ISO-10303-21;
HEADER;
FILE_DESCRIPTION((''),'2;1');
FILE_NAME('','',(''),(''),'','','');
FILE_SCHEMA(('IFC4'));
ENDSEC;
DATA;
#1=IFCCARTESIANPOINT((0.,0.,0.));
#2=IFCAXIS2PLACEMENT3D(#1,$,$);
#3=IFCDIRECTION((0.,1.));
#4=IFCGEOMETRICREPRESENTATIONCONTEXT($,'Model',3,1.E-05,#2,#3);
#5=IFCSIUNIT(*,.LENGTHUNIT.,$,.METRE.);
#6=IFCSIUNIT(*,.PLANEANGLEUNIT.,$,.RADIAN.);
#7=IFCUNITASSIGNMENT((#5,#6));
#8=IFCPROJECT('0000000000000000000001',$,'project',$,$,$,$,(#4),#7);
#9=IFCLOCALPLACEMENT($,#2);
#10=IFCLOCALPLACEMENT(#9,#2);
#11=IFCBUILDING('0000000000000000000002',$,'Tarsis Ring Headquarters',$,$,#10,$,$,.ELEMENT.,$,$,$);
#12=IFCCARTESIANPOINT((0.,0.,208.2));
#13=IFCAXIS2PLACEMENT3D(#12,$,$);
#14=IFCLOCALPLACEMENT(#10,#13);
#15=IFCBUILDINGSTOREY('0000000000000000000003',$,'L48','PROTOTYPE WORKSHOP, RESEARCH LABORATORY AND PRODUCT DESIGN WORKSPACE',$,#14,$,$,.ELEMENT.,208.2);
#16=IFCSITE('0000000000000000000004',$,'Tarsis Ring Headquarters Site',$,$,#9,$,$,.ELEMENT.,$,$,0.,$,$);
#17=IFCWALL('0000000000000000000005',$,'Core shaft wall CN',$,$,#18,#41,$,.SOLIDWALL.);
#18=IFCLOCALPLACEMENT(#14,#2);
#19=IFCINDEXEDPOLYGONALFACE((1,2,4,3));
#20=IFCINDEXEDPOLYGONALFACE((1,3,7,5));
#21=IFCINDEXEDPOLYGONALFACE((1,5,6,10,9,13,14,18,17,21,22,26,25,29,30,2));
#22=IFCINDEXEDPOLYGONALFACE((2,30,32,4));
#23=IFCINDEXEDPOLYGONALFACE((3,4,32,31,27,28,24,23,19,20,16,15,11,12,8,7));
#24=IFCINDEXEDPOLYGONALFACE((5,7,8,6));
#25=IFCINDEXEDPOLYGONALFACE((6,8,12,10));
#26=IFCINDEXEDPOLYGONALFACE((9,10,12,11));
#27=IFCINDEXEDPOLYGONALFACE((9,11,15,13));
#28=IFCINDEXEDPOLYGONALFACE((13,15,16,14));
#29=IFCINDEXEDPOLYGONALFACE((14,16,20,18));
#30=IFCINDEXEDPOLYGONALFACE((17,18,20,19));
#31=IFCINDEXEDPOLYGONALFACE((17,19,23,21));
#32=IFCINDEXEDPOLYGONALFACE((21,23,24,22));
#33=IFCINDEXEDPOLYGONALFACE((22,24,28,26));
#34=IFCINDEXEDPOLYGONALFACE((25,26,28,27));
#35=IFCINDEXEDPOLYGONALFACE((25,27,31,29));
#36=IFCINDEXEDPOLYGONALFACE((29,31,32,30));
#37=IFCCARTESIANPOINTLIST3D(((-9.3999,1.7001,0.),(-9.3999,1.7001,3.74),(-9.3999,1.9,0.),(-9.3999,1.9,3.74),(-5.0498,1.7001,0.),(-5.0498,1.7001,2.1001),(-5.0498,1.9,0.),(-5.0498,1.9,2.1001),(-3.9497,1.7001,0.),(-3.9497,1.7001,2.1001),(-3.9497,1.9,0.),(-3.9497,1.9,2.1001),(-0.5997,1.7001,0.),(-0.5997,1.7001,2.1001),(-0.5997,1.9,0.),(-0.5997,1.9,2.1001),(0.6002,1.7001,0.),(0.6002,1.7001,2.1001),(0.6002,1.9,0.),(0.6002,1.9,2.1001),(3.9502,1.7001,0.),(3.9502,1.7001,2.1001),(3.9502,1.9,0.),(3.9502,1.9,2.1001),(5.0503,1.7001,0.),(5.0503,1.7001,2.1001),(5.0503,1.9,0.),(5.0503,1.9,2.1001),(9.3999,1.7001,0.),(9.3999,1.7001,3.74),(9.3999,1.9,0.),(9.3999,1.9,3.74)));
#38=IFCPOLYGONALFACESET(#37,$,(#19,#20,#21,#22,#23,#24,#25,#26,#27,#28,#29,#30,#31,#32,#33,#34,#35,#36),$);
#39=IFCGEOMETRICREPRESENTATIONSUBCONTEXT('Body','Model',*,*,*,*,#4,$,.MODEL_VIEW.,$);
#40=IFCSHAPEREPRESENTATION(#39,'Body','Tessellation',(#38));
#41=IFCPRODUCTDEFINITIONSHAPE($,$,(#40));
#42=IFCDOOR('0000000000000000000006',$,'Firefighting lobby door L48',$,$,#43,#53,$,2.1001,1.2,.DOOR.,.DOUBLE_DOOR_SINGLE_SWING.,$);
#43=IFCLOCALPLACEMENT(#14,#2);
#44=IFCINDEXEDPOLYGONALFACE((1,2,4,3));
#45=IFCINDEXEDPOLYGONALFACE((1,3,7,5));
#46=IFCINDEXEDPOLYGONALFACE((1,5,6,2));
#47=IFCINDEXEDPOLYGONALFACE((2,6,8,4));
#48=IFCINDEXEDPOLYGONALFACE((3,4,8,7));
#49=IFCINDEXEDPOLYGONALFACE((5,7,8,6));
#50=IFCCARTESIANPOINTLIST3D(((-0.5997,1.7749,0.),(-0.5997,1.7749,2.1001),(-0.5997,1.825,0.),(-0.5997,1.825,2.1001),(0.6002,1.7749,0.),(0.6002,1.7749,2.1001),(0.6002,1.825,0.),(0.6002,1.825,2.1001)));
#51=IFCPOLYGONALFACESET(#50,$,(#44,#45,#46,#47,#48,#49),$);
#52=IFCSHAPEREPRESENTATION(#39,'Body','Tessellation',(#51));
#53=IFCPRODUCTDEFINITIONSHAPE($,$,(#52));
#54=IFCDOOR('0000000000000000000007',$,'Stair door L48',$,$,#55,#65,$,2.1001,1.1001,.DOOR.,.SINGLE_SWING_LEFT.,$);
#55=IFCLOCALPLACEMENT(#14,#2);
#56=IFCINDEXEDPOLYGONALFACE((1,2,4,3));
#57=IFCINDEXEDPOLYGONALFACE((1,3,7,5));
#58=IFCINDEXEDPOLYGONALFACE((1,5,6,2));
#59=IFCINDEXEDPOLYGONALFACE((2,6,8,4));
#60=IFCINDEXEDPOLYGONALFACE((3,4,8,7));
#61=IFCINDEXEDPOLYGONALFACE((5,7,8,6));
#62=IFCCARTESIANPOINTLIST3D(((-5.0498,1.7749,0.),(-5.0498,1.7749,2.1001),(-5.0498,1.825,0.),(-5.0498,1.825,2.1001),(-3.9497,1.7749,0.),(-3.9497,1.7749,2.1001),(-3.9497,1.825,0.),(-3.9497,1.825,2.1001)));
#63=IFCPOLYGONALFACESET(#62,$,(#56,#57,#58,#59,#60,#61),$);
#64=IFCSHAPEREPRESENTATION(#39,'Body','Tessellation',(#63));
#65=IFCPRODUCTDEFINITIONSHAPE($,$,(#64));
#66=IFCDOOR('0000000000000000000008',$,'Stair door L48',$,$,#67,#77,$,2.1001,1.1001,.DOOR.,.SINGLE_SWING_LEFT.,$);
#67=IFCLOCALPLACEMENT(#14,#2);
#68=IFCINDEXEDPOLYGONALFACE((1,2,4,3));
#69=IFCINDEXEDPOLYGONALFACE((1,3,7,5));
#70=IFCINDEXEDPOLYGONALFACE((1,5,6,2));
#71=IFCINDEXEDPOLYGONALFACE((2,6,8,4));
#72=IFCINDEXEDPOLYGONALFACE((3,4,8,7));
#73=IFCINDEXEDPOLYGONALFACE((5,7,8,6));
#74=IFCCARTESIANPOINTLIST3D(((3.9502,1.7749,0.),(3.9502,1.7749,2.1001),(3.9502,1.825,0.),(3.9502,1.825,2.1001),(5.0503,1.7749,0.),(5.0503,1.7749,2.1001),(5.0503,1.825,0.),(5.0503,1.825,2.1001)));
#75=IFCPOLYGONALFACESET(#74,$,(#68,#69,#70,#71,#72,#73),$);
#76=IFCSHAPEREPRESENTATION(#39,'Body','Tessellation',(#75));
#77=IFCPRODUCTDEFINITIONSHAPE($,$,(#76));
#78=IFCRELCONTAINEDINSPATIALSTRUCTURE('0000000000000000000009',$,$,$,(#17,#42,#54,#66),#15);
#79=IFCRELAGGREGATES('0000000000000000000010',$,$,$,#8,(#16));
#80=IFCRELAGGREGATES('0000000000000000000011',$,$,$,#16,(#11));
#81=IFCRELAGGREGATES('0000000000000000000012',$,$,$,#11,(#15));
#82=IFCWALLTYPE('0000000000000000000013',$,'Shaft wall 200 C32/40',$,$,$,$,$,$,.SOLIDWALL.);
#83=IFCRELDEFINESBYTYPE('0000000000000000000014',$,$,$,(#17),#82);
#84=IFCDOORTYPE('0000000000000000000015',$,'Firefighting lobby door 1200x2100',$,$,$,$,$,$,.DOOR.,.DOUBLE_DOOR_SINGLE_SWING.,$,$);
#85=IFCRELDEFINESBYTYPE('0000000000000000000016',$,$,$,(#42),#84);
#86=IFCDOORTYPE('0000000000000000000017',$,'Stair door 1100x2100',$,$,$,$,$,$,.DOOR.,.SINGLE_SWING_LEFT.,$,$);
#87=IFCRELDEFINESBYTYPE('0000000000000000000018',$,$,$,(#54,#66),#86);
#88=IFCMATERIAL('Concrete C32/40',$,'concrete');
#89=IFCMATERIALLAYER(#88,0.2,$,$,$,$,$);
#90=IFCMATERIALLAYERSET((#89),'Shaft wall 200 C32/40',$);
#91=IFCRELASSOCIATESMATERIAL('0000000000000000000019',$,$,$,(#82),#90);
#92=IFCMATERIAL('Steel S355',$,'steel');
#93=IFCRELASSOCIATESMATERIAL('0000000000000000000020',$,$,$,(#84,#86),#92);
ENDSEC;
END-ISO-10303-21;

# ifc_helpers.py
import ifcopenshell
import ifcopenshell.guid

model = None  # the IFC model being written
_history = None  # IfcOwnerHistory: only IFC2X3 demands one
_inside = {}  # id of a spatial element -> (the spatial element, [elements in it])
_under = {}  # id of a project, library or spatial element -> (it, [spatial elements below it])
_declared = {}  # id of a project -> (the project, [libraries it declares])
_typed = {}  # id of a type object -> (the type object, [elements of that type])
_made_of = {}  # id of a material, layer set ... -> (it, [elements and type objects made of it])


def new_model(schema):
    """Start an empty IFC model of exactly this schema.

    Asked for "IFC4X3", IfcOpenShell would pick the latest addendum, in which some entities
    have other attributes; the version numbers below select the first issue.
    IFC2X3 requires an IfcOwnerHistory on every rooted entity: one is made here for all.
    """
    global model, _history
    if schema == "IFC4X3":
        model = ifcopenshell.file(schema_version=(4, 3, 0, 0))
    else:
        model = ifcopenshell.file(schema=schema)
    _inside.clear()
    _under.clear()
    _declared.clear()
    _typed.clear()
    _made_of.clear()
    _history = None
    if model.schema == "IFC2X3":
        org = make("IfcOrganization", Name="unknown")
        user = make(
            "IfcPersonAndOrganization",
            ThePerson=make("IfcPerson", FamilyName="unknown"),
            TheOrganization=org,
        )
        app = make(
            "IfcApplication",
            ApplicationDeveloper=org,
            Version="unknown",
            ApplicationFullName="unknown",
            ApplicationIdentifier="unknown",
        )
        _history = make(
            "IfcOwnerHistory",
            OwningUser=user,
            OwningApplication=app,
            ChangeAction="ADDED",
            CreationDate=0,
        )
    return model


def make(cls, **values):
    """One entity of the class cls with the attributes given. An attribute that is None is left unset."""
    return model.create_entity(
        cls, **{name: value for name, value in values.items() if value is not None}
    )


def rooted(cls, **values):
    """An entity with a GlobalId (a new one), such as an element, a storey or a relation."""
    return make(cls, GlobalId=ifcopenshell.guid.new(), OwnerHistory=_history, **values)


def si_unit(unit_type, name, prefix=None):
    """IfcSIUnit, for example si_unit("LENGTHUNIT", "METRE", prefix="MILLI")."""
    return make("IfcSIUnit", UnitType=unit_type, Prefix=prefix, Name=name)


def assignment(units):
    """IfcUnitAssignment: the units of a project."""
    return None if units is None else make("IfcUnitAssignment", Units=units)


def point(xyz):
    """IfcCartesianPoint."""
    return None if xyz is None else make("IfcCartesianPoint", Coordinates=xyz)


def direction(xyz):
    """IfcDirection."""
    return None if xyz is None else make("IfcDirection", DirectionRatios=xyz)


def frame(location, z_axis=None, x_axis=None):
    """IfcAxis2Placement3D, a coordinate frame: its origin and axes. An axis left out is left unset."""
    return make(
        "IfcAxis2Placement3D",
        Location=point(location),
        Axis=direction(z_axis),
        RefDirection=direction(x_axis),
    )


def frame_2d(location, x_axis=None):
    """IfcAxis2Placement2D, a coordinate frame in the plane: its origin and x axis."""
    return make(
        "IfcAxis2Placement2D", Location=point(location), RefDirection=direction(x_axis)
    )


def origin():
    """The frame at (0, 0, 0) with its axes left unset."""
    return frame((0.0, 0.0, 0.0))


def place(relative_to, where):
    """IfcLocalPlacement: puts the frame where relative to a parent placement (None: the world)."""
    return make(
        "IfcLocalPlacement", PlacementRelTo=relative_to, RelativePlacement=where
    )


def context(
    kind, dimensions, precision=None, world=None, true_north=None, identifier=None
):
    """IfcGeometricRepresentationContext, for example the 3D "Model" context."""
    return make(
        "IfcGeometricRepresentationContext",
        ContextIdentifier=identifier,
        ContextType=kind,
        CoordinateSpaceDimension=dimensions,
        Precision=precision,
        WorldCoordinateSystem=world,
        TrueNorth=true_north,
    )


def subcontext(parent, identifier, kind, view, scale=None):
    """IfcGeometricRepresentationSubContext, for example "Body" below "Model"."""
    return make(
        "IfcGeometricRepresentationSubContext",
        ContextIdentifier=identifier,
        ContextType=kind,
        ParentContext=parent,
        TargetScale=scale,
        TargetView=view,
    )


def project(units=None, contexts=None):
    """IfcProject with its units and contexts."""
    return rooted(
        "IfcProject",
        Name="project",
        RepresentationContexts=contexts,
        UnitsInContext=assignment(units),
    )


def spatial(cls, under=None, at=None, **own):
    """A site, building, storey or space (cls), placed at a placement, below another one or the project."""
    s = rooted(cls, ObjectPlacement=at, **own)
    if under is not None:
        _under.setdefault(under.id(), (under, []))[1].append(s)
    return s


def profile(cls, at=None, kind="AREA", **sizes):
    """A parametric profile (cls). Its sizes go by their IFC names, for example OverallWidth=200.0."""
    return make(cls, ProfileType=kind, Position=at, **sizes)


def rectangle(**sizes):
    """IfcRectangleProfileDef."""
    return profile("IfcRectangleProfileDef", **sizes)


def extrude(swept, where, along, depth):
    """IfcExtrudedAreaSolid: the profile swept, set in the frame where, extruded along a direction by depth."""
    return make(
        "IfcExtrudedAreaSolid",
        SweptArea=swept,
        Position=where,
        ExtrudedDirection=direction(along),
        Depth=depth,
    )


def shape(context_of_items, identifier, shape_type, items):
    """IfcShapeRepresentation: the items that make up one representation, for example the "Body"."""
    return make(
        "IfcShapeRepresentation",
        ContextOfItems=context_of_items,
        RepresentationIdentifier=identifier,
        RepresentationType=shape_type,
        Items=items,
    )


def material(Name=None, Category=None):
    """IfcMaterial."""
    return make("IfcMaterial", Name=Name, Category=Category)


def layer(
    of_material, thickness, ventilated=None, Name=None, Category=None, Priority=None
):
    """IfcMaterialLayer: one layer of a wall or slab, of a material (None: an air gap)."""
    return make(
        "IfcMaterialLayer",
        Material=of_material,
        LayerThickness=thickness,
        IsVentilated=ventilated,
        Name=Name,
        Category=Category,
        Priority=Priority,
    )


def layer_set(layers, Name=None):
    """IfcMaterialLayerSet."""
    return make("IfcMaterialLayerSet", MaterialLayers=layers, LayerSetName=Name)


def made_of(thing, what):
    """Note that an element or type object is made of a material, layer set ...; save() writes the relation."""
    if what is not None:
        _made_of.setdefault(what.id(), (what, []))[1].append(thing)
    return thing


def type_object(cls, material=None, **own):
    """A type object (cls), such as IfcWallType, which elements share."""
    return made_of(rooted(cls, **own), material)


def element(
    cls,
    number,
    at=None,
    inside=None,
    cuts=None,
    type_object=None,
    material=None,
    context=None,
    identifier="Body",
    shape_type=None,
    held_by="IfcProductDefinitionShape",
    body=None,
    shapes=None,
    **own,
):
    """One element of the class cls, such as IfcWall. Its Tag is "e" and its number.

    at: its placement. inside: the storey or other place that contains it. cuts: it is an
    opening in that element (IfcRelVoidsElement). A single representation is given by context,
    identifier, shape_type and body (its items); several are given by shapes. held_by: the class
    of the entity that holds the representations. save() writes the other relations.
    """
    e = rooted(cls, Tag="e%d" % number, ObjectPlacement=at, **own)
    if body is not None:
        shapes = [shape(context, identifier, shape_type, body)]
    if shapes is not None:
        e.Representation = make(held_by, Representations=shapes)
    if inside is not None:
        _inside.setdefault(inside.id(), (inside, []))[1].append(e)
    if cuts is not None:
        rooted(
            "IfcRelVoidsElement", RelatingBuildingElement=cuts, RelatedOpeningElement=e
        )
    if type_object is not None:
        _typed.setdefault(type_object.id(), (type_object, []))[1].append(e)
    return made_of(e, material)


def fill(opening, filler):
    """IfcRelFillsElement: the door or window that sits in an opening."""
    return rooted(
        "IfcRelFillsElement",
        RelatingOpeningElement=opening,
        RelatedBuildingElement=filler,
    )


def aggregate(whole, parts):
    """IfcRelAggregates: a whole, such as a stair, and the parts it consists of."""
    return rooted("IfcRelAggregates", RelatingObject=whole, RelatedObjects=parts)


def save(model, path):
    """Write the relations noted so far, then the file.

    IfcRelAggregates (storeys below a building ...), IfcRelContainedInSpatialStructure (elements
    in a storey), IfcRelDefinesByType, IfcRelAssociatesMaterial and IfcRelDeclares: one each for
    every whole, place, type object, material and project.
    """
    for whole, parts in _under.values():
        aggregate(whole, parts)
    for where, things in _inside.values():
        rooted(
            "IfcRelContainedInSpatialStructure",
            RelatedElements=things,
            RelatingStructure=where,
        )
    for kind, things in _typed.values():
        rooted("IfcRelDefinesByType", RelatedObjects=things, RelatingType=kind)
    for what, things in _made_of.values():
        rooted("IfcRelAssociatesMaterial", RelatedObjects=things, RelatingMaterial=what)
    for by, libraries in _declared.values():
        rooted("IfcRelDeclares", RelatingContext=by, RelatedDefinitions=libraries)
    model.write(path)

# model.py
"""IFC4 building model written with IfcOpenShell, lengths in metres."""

from ifc_helpers import new_model, si_unit, direction, frame, frame_2d, origin, place, context, subcontext, project, spatial, rectangle, extrude, material, layer, layer_set, type_object, element, fill, save


model = new_model("IFC4")

# Units and contexts
model_context = context("Model", 3, precision=1e-05, world=origin(), true_north=direction((0.0, 1.0)))
body_context = subcontext(model_context, "Body", "Model", "MODEL_VIEW")
ifc_project = project(units=[si_unit("LENGTHUNIT", "METRE"), si_unit("PLANEANGLEUNIT", "RADIAN")], contexts=[model_context])

# Site, building, storey
site_placement = place(None, origin())
site = spatial("IfcSite", under=ifc_project, at=site_placement, Name="Tarsis Ring Headquarters Site", CompositionType="ELEMENT", RefElevation=0.0)
building_placement = place(site_placement, origin())
building = spatial("IfcBuilding", under=site, at=building_placement, Name="Tarsis Ring Headquarters", CompositionType="ELEMENT")
storey_placement = place(building_placement, frame((0.0, 0.0, 208.2)))
storey = spatial("IfcBuildingStorey", under=building, at=storey_placement, Name="L48", Description="PROTOTYPE WORKSHOP, RESEARCH LABORATORY AND PRODUCT DESIGN WORKSPACE", CompositionType="ELEMENT", Elevation=208.2)

# Shared definitions
ifc_material_1 = material(Name="Steel S355", Category="steel")

# Wall, openings, doors
ifc_material_2 = material(Name="Concrete C32/40", Category="concrete")
ifc_layer_1 = layer(ifc_material_2, 0.2)
ifc_layer_set_1 = layer_set([ifc_layer_1], Name="Shaft wall 200 C32/40")
wall_type_1 = type_object("IfcWallType", Name="Shaft wall 200 C32/40", PredefinedType="SOLIDWALL", material=ifc_layer_set_1)
wall_1_placement = place(storey_placement, frame((-9.3999, 1.8, 0.0), z_axis=(0.0, 0.0, 1.0), x_axis=(1.0, 0.0, 0.0)))
wall_1 = element("IfcWall", 1, at=wall_1_placement, inside=storey, type_object=wall_type_1, Name="Core shaft wall CN", PredefinedType="SOLIDWALL", context=body_context, shape_type="SweptSolid", body=[
    extrude(rectangle(XDim=18.7998, YDim=0.2, at=frame_2d((9.3999, 0.0))), origin(), (0.0, 0.0, 1.0), 3.74),
])
opening_1_placement = place(wall_1_placement, frame((4.3501, 0.0, 0.0)))
opening_1 = element("IfcOpeningElement", 2, at=opening_1_placement, cuts=wall_1, PredefinedType="OPENING", context=body_context, shape_type="SweptSolid", body=[
    extrude(rectangle(XDim=1.1001, YDim=2.1001, at=frame_2d((0.55, 1.05))), frame((0.0, 0.1099, 0.0), z_axis=(0.0, -1.0, 0.0), x_axis=(1.0, 0.0, 0.0)), (0.0, 0.0, 1.0), 0.22),
])
opening_2_placement = place(wall_1_placement, frame((8.8, 0.0, 0.0)))
opening_2 = element("IfcOpeningElement", 3, at=opening_2_placement, cuts=wall_1, PredefinedType="OPENING", context=body_context, shape_type="SweptSolid", body=[
    extrude(rectangle(XDim=1.2, YDim=2.1001, at=frame_2d((0.6001, 1.05))), frame((0.0, 0.1099, 0.0), z_axis=(0.0, -1.0, 0.0), x_axis=(1.0, 0.0, 0.0)), (0.0, 0.0, 1.0), 0.22),
])
opening_3_placement = place(wall_1_placement, frame((13.3501, 0.0, 0.0)))
opening_3 = element("IfcOpeningElement", 4, at=opening_3_placement, cuts=wall_1, PredefinedType="OPENING", context=body_context, shape_type="SweptSolid", body=[
    extrude(rectangle(XDim=1.1001, YDim=2.1001, at=frame_2d((0.55, 1.05))), frame((0.0, 0.1099, 0.0), z_axis=(0.0, -1.0, 0.0), x_axis=(1.0, 0.0, 0.0)), (0.0, 0.0, 1.0), 0.22),
])
door_type_1 = type_object("IfcDoorType", Name="Firefighting lobby door 1200x2100", OperationType="DOUBLE_DOOR_SINGLE_SWING", PredefinedType="DOOR", material=ifc_material_1)
door_1_placement = place(opening_2_placement, origin())
door_1 = element("IfcDoor", 5, at=door_1_placement, inside=storey, type_object=door_type_1, Name="Firefighting lobby door L48", OperationType="DOUBLE_DOOR_SINGLE_SWING", OverallHeight=2.1001, OverallWidth=1.2, PredefinedType="DOOR", context=body_context, shape_type="SweptSolid", body=[
    extrude(rectangle(XDim=1.2, YDim=2.1001, at=frame_2d((0.6001, 1.05))), frame((0.0, 0.0249, 0.0), z_axis=(0.0, -1.0, 0.0), x_axis=(1.0, 0.0, 0.0)), (0.0, 0.0, 1.0), 0.05),
])
fill(opening_2, door_1)
door_type_2 = type_object("IfcDoorType", Name="Stair door 1100x2100", OperationType="SINGLE_SWING_LEFT", PredefinedType="DOOR", material=ifc_material_1)
door_2_placement = place(opening_1_placement, origin())
door_2 = element("IfcDoor", 6, at=door_2_placement, inside=storey, type_object=door_type_2, Name="Stair door L48", OperationType="SINGLE_SWING_LEFT", OverallHeight=2.1001, OverallWidth=1.1001, PredefinedType="DOOR", context=body_context, shape_type="SweptSolid", body=[
    extrude(rectangle(XDim=1.1001, YDim=2.1001, at=frame_2d((0.55, 1.05))), frame((0.0, 0.0249, 0.0), z_axis=(0.0, -1.0, 0.0), x_axis=(1.0, 0.0, 0.0)), (0.0, 0.0, 1.0), 0.05),
])
fill(opening_1, door_2)
door_3_placement = place(opening_3_placement, origin())
door_3 = element("IfcDoor", 7, at=door_3_placement, inside=storey, type_object=door_type_2, Name="Stair door L48", OperationType="SINGLE_SWING_LEFT", OverallHeight=2.1001, OverallWidth=1.1001, PredefinedType="DOOR", context=body_context, shape_type="SweptSolid", body=[
    extrude(rectangle(XDim=1.1001, YDim=2.1001, at=frame_2d((0.55, 1.05))), frame((0.0, 0.0249, 0.0), z_axis=(0.0, -1.0, 0.0), x_axis=(1.0, 0.0, 0.0)), (0.0, 0.0, 1.0), 0.05),
])
fill(opening_3, door_3)

save(model, "model.ifc")
